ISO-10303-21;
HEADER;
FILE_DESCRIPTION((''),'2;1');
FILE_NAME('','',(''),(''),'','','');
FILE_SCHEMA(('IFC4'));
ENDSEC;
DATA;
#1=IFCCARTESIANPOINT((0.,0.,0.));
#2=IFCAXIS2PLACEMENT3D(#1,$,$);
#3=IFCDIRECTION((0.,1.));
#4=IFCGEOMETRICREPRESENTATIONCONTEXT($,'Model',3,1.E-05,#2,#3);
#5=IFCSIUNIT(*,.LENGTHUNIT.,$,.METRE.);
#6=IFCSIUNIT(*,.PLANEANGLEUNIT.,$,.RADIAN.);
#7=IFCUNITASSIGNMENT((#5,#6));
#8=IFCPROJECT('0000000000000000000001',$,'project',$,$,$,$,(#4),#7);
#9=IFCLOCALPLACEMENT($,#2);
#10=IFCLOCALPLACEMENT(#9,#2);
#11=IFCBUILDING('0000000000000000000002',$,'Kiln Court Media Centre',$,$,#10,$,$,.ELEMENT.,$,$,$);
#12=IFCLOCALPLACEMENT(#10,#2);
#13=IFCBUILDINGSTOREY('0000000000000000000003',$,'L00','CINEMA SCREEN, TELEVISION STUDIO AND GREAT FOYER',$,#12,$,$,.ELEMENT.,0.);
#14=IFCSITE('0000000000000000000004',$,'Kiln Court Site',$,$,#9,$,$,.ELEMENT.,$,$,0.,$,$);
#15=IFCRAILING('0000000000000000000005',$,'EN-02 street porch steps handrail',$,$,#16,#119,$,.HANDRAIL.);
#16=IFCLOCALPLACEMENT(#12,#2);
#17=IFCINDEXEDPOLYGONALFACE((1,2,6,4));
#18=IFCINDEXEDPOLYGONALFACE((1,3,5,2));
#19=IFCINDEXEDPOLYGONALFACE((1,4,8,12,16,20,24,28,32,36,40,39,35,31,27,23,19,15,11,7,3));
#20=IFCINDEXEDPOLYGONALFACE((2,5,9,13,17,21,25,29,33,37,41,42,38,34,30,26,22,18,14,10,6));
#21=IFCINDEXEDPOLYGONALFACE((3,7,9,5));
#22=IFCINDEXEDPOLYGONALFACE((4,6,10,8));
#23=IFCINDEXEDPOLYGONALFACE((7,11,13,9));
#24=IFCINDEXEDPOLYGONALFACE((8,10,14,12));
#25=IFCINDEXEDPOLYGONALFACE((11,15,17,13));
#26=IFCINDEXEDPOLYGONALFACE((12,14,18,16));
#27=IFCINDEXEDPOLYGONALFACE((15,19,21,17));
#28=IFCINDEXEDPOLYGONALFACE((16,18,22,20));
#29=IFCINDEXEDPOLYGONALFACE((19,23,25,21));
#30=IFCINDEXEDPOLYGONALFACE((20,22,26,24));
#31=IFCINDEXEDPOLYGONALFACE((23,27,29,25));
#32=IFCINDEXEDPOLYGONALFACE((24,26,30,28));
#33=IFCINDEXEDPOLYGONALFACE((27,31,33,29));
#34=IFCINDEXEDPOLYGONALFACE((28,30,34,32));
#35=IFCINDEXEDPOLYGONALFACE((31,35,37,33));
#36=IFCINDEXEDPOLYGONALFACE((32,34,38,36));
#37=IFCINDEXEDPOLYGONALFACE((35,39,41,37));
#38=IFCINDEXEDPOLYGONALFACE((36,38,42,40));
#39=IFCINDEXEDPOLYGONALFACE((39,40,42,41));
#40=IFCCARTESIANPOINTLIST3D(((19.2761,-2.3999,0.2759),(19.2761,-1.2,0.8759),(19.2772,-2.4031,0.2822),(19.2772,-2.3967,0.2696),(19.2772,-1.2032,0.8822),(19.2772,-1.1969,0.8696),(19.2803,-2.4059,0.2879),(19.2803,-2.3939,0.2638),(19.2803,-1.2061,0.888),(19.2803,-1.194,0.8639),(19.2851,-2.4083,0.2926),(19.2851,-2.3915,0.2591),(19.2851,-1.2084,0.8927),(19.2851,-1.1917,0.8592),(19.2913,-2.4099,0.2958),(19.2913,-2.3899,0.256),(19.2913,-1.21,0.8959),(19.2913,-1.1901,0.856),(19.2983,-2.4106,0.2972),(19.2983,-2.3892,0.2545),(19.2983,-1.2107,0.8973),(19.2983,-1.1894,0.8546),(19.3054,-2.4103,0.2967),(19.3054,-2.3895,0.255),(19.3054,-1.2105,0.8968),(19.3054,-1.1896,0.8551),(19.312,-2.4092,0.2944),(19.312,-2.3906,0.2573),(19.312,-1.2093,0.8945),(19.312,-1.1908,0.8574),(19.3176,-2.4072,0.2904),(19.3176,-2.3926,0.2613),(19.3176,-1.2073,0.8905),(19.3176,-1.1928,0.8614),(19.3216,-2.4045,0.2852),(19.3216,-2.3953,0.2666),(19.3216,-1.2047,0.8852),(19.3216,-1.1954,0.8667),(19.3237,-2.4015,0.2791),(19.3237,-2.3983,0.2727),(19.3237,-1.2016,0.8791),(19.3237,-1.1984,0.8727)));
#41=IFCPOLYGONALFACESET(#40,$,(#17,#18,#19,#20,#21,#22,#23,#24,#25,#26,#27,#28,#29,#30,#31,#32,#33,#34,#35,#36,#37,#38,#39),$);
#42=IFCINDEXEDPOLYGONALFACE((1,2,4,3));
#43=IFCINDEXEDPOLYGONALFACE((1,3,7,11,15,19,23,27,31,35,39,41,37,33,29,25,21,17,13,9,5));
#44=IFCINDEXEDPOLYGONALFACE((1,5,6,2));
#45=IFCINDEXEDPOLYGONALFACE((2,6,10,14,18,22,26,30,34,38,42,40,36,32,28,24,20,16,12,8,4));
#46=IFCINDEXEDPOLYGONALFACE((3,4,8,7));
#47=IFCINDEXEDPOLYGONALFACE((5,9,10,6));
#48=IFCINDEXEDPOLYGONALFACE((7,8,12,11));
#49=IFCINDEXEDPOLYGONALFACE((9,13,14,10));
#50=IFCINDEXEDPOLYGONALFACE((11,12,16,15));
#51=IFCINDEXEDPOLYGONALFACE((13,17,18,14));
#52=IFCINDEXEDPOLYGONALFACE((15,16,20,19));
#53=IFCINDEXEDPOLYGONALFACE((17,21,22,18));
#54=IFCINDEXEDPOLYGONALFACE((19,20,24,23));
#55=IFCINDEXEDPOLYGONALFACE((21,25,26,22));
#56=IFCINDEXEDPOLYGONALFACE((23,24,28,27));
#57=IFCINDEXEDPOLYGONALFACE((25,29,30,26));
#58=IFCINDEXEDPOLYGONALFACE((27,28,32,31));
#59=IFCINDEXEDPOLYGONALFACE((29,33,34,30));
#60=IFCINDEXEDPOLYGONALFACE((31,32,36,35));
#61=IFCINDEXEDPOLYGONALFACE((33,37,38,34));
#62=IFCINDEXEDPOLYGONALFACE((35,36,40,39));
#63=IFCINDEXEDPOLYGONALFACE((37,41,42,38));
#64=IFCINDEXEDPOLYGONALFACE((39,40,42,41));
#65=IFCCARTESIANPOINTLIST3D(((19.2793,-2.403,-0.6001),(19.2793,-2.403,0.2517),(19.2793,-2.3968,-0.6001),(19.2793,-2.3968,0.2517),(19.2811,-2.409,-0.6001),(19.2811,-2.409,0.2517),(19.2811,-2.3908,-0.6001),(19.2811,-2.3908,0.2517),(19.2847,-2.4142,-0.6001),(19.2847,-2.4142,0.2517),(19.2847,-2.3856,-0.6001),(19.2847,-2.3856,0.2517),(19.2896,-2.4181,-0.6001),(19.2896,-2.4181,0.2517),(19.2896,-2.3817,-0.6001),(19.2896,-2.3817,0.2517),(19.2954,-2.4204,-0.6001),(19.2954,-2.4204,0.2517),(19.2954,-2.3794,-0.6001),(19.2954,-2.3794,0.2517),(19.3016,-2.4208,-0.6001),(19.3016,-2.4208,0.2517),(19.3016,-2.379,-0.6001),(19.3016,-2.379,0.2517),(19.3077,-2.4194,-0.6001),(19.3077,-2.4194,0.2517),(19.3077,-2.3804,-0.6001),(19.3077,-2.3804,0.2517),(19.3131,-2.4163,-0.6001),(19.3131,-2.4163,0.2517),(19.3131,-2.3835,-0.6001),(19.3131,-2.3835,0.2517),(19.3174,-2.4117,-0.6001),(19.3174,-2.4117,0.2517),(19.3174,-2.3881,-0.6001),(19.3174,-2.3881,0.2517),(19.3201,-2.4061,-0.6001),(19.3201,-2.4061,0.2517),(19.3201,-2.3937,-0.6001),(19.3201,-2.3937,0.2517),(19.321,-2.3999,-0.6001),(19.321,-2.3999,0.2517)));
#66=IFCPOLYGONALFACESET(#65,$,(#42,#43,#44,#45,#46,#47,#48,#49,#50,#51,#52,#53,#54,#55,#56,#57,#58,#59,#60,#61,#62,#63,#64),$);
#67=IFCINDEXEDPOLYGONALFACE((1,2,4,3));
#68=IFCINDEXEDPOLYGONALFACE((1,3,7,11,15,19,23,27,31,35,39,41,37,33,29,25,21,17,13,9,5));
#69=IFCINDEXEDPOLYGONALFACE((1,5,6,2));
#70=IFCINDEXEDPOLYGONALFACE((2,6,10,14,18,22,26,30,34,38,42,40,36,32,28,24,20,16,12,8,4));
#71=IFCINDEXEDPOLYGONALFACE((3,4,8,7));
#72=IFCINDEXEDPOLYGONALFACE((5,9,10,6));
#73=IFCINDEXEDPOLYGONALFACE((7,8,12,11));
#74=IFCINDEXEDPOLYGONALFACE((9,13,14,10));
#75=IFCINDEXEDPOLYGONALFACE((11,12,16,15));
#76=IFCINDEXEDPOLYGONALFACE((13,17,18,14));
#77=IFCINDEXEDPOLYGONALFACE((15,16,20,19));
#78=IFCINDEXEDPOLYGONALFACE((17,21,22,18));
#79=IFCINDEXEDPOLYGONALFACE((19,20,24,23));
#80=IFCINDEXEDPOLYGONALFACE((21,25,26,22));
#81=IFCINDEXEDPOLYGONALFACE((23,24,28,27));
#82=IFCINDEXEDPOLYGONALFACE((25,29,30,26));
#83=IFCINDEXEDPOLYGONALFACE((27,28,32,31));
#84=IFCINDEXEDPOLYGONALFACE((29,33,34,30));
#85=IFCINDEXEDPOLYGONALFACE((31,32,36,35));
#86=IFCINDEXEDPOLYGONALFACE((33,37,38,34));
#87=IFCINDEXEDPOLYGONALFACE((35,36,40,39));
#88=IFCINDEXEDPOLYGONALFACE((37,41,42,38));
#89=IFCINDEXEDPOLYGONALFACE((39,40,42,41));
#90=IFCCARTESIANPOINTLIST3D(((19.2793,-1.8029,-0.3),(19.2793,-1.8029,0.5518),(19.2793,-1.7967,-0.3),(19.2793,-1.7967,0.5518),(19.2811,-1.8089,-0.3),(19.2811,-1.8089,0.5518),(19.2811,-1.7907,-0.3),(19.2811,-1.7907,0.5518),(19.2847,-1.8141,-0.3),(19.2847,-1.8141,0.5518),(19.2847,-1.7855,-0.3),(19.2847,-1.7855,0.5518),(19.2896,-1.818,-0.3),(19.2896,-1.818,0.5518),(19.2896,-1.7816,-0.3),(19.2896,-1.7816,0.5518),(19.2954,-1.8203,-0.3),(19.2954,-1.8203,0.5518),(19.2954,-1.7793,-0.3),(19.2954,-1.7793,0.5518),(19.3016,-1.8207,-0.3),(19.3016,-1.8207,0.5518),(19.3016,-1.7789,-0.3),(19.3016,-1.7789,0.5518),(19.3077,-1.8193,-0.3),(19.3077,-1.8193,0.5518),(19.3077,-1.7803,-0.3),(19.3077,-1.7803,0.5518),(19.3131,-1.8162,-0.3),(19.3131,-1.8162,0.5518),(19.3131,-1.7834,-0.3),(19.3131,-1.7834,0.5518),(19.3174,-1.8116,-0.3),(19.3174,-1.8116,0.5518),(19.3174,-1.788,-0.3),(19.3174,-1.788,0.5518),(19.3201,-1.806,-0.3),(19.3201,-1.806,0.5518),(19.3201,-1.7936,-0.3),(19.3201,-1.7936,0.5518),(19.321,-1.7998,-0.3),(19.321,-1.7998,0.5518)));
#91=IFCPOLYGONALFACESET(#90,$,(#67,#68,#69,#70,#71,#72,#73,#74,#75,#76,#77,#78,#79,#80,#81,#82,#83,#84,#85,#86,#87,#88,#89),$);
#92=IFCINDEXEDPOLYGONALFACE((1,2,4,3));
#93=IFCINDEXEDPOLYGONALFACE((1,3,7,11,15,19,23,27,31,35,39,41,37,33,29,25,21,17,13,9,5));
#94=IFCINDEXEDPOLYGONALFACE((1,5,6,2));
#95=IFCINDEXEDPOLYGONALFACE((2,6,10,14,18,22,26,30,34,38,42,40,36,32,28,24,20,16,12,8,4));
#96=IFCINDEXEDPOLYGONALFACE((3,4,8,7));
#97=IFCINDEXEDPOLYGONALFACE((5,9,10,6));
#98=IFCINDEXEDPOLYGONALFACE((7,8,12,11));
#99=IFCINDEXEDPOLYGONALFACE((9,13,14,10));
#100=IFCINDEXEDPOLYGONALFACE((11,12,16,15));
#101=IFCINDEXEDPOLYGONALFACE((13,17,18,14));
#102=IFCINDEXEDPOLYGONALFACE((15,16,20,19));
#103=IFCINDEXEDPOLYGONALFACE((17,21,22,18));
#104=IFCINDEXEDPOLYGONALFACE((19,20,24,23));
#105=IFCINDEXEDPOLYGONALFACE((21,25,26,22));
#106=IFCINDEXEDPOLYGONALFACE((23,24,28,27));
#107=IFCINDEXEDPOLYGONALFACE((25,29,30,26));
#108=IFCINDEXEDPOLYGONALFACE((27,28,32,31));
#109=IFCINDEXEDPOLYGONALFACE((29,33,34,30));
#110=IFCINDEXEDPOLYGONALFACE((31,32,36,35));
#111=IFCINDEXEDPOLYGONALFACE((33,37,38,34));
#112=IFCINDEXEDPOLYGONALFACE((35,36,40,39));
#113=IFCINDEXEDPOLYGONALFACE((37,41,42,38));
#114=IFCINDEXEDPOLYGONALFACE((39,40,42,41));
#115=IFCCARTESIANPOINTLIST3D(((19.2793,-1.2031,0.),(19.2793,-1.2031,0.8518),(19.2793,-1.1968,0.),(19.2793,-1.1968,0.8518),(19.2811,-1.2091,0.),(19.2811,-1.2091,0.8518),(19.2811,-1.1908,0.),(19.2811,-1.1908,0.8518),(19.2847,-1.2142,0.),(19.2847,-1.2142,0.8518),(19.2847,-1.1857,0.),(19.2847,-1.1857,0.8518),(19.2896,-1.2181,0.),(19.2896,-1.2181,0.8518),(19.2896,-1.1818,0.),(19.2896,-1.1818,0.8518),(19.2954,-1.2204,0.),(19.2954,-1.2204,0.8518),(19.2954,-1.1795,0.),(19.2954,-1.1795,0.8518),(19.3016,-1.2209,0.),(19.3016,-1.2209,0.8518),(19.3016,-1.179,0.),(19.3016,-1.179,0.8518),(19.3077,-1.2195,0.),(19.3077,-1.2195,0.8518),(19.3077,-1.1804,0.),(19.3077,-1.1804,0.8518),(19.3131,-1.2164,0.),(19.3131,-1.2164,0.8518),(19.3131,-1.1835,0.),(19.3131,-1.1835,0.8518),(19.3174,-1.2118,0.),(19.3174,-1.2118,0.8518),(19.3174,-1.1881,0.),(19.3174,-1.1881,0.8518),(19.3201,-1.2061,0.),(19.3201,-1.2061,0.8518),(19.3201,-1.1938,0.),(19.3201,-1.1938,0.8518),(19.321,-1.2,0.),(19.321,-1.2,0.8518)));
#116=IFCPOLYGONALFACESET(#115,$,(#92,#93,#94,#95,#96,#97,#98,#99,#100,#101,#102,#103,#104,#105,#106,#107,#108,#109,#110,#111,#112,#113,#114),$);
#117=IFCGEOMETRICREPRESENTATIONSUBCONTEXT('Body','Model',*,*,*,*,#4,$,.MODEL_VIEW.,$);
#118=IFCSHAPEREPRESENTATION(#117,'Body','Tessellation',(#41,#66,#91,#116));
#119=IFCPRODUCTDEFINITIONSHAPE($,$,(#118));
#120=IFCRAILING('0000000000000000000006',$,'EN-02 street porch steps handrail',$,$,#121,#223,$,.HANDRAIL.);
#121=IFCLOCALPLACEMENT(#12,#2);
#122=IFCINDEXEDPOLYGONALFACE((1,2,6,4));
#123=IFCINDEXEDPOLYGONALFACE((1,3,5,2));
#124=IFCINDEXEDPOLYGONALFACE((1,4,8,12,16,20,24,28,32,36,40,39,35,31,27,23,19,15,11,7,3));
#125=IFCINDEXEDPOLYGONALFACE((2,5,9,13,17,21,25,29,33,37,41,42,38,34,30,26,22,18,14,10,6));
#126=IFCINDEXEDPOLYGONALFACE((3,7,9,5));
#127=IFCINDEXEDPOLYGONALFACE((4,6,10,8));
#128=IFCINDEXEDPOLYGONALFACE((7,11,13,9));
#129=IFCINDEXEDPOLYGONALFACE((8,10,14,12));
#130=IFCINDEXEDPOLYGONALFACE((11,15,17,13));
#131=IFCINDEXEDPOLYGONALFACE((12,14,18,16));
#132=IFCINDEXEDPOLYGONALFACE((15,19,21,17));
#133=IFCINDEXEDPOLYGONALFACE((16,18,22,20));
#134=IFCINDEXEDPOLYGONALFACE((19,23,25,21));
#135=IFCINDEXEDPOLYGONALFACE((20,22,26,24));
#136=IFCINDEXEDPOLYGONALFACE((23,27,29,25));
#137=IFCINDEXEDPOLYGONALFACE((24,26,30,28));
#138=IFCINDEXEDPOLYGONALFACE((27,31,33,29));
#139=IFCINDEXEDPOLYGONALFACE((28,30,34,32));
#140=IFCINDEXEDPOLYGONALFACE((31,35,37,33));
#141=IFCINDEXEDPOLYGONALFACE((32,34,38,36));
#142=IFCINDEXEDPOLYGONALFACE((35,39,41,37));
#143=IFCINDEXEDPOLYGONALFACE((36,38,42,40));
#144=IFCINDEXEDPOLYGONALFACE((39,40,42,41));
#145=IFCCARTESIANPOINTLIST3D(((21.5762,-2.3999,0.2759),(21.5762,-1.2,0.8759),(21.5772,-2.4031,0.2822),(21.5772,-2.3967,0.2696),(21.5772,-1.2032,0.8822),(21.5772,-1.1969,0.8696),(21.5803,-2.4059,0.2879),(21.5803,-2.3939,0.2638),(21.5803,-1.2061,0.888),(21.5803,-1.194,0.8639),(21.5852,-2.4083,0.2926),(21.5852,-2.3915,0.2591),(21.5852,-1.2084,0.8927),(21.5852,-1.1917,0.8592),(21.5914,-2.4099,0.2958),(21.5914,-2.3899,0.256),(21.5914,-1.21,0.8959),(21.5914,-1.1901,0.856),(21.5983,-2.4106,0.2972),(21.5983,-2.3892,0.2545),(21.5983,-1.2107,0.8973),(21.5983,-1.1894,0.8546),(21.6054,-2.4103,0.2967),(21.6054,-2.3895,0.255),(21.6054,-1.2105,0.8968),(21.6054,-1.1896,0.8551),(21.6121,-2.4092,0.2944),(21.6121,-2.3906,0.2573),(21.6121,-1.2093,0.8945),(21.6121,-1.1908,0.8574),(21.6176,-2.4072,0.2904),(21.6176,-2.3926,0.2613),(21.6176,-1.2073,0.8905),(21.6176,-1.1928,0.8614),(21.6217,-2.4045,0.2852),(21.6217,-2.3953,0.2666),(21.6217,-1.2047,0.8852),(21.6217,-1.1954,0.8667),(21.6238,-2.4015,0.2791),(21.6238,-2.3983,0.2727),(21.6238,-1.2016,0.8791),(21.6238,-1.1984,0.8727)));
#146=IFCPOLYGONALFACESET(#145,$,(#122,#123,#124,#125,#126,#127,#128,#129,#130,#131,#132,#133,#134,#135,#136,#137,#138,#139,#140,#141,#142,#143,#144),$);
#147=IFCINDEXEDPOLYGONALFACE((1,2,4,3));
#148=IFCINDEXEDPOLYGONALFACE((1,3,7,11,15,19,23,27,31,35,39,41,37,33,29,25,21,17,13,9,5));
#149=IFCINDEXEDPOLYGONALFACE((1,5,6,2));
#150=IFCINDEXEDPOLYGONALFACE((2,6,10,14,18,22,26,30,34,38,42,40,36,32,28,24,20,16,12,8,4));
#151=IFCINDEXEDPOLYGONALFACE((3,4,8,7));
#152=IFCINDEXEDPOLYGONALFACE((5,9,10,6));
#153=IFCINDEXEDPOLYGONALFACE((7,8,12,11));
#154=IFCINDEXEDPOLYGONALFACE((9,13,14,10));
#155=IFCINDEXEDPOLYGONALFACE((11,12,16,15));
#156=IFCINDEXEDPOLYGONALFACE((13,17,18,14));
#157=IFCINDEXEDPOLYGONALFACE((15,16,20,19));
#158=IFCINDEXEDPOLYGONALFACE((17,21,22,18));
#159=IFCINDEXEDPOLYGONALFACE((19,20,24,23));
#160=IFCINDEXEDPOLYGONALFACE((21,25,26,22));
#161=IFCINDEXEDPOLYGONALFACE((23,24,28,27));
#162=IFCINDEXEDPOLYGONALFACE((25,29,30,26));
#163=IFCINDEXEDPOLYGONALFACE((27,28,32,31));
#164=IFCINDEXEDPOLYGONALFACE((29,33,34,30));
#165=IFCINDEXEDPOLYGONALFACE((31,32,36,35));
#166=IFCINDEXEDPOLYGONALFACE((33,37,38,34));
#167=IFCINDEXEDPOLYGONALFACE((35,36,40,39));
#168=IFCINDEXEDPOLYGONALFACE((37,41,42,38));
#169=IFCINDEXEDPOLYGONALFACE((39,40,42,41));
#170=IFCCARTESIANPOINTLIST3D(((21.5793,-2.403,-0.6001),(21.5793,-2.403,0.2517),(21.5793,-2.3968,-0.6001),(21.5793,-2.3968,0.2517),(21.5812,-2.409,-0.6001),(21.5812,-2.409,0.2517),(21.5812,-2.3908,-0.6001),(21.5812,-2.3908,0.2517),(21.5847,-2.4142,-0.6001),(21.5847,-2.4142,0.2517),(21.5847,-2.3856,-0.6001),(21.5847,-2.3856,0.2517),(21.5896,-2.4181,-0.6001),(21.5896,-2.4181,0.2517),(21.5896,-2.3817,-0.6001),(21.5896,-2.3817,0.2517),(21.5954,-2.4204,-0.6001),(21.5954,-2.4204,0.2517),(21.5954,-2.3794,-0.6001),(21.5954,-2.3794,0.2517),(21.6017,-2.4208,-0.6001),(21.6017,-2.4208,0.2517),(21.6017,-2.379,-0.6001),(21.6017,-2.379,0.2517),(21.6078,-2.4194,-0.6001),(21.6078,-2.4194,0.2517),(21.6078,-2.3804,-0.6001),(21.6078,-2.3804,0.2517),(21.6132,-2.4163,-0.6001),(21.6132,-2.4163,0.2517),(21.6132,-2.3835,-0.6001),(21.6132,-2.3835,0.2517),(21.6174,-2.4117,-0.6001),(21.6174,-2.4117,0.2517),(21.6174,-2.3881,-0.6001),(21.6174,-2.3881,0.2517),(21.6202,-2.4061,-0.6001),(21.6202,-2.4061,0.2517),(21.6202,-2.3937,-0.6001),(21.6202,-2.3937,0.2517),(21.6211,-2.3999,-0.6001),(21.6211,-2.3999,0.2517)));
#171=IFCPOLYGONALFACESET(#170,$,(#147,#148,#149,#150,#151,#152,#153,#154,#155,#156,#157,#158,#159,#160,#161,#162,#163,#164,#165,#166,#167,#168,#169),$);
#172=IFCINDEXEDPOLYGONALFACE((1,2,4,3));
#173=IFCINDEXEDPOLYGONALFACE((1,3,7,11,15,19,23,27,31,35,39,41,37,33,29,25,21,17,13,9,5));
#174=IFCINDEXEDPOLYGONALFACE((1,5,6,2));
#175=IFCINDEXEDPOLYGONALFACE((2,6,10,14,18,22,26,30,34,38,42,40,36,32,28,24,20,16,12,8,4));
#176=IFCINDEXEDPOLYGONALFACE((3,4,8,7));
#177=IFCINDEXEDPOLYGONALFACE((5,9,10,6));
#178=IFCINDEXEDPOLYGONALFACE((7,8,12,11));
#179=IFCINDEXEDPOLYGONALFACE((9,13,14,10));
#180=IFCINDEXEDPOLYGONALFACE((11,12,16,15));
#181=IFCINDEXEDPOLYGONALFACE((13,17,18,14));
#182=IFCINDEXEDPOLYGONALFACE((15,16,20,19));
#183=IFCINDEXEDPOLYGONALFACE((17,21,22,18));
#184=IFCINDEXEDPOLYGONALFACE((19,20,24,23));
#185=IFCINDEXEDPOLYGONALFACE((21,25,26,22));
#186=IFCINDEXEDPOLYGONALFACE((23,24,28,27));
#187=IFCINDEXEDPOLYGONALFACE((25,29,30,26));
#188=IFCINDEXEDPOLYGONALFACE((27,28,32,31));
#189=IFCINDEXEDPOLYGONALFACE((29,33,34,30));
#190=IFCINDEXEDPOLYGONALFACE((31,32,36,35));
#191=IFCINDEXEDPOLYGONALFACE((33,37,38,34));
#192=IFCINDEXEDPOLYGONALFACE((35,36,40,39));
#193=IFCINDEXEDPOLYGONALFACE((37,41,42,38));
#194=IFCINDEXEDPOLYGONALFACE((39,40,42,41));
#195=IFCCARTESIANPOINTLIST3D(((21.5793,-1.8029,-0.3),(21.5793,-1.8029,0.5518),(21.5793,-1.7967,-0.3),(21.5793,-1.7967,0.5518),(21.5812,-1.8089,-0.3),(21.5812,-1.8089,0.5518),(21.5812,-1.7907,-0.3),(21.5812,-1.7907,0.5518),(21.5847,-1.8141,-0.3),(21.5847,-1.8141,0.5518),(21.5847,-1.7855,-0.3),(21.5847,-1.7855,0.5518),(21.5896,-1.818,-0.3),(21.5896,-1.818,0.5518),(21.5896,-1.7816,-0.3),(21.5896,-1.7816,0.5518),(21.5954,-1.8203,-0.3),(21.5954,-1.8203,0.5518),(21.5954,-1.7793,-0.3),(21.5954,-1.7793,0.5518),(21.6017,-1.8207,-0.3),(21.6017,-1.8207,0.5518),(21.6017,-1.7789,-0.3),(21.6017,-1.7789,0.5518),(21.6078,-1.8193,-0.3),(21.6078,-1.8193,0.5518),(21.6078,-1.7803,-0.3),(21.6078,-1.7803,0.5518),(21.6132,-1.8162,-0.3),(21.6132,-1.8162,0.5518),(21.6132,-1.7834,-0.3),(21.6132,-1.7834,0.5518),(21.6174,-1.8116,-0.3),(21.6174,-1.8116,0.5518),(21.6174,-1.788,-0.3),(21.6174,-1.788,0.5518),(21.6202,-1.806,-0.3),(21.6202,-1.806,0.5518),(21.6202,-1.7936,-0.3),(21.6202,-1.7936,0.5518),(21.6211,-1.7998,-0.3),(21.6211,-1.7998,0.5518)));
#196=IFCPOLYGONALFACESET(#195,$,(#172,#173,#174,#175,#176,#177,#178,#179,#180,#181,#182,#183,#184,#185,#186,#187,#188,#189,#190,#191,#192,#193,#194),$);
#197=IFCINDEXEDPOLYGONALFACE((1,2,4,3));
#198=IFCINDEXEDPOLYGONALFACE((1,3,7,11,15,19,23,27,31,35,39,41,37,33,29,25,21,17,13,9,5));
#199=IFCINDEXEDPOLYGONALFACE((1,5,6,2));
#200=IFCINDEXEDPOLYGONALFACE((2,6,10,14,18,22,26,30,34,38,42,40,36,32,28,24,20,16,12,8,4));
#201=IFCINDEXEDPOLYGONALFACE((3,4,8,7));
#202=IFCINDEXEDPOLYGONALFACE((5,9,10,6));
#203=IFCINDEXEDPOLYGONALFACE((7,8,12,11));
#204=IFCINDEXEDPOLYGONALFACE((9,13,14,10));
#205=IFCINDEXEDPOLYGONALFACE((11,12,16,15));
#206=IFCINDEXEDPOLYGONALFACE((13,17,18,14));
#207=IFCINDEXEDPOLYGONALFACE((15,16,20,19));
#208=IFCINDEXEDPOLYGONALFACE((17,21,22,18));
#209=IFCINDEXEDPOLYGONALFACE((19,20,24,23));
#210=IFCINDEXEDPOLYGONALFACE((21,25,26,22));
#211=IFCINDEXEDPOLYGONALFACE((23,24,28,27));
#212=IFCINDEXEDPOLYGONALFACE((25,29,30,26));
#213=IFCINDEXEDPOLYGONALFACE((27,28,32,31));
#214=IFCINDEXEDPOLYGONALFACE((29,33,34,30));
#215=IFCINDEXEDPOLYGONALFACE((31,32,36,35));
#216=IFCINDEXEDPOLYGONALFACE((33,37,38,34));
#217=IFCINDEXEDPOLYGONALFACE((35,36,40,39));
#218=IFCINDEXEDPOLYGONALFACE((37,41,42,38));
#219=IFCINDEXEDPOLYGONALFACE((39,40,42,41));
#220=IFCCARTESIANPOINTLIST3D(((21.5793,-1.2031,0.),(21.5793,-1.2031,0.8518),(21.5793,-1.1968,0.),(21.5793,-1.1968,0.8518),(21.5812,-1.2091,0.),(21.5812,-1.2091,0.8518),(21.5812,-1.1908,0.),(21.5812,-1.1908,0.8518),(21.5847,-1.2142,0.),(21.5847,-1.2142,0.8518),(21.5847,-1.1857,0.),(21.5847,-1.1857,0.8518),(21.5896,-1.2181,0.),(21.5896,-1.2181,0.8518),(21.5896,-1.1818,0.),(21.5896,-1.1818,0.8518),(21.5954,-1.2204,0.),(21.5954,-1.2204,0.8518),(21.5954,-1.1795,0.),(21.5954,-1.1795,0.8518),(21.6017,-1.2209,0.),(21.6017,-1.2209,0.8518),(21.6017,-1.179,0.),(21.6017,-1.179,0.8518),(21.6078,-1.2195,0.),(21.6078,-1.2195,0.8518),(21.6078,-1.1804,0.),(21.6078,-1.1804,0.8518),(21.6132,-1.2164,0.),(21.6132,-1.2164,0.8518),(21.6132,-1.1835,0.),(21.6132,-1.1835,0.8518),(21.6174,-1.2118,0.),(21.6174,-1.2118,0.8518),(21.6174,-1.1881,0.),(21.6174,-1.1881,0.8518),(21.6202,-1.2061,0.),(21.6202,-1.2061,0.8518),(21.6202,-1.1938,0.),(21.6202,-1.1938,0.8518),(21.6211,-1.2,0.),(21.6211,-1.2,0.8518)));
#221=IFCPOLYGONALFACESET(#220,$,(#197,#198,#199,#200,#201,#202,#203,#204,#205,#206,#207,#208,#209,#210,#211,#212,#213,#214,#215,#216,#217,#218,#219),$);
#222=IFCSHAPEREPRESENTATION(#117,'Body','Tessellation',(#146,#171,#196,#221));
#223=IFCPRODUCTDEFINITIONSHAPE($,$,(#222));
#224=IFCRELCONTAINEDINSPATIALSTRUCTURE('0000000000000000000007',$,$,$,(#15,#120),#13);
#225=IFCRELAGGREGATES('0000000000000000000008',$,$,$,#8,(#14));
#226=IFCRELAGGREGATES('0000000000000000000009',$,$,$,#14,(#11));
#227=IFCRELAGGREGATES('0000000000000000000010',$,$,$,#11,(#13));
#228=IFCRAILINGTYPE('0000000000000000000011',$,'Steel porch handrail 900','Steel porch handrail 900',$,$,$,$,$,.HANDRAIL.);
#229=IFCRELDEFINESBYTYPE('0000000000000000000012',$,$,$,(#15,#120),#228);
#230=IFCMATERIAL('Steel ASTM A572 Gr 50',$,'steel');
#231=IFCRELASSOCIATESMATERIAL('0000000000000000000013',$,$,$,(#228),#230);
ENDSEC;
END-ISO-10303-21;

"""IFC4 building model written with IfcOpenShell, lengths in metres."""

from ifc_helpers import new_model, si_unit, direction, frame, origin, origin_2d, place, context, subcontext, project, spatial, circle, extrude, material, type_object, element, save


model = new_model("IFC4")

# Units and contexts
model_context = context("Model", 3, precision=1e-05, world=origin(), true_north=direction((0.0, 1.0)))
body_context = subcontext(model_context, "Body", "Model", "MODEL_VIEW")
ifc_project = project(units=[si_unit("LENGTHUNIT", "METRE"), si_unit("PLANEANGLEUNIT", "RADIAN")], contexts=[model_context])

# Site, building, storey
site_placement = place(None, origin())
site = spatial("IfcSite", under=ifc_project, at=site_placement, Name="Kiln Court Site", CompositionType="ELEMENT", RefElevation=0.0)
building_placement = place(site_placement, origin())
building = spatial("IfcBuilding", under=site, at=building_placement, Name="Kiln Court Media Centre", CompositionType="ELEMENT")
storey_placement = place(building_placement, origin())
storey = spatial("IfcBuildingStorey", under=building, at=storey_placement, Name="L00", Description="CINEMA SCREEN, TELEVISION STUDIO AND GREAT FOYER", CompositionType="ELEMENT", Elevation=0.0)

# Railings
ifc_material_1 = material(Name="Steel ASTM A572 Gr 50", Category="steel")
railing_type_1 = type_object("IfcRailingType", Name="Steel porch handrail 900", Description="Steel porch handrail 900", PredefinedType="HANDRAIL", material=ifc_material_1)
for number, where, name in (
    (1, (19.3, -2.3999, -0.6001), "EN-02 street porch steps handrail"),
    (2, (21.6001, -2.3999, -0.6001), "EN-02 street porch steps handrail"),
):
    element("IfcRailing", number, at=place(storey_placement, frame(where)), inside=storey, type_object=railing_type_1, Name=name, PredefinedType="HANDRAIL", context=body_context, shape_type="SweptSolid", body=[
        extrude(circle(Radius=0.0239, at=origin_2d()), frame((0.0, 0.0, 0.876), z_axis=(0.0, 0.894391, 0.447286), x_axis=(-1.0, 0.0, 0.0)), (0.0, 0.0, 1.0), 1.3416),
        extrude(circle(Radius=0.021, at=origin_2d()), origin(), (0.0, 0.0, 1.0), 0.8518),
        extrude(circle(Radius=0.021, at=origin_2d()), frame((0.0, 0.6001, 0.3)), (0.0, 0.0, 1.0), 0.8518),
        extrude(circle(Radius=0.021, at=origin_2d()), frame((0.0, 1.2, 0.6001)), (0.0, 0.0, 1.0), 0.8518),
    ])

save(model, "model.ifc")
